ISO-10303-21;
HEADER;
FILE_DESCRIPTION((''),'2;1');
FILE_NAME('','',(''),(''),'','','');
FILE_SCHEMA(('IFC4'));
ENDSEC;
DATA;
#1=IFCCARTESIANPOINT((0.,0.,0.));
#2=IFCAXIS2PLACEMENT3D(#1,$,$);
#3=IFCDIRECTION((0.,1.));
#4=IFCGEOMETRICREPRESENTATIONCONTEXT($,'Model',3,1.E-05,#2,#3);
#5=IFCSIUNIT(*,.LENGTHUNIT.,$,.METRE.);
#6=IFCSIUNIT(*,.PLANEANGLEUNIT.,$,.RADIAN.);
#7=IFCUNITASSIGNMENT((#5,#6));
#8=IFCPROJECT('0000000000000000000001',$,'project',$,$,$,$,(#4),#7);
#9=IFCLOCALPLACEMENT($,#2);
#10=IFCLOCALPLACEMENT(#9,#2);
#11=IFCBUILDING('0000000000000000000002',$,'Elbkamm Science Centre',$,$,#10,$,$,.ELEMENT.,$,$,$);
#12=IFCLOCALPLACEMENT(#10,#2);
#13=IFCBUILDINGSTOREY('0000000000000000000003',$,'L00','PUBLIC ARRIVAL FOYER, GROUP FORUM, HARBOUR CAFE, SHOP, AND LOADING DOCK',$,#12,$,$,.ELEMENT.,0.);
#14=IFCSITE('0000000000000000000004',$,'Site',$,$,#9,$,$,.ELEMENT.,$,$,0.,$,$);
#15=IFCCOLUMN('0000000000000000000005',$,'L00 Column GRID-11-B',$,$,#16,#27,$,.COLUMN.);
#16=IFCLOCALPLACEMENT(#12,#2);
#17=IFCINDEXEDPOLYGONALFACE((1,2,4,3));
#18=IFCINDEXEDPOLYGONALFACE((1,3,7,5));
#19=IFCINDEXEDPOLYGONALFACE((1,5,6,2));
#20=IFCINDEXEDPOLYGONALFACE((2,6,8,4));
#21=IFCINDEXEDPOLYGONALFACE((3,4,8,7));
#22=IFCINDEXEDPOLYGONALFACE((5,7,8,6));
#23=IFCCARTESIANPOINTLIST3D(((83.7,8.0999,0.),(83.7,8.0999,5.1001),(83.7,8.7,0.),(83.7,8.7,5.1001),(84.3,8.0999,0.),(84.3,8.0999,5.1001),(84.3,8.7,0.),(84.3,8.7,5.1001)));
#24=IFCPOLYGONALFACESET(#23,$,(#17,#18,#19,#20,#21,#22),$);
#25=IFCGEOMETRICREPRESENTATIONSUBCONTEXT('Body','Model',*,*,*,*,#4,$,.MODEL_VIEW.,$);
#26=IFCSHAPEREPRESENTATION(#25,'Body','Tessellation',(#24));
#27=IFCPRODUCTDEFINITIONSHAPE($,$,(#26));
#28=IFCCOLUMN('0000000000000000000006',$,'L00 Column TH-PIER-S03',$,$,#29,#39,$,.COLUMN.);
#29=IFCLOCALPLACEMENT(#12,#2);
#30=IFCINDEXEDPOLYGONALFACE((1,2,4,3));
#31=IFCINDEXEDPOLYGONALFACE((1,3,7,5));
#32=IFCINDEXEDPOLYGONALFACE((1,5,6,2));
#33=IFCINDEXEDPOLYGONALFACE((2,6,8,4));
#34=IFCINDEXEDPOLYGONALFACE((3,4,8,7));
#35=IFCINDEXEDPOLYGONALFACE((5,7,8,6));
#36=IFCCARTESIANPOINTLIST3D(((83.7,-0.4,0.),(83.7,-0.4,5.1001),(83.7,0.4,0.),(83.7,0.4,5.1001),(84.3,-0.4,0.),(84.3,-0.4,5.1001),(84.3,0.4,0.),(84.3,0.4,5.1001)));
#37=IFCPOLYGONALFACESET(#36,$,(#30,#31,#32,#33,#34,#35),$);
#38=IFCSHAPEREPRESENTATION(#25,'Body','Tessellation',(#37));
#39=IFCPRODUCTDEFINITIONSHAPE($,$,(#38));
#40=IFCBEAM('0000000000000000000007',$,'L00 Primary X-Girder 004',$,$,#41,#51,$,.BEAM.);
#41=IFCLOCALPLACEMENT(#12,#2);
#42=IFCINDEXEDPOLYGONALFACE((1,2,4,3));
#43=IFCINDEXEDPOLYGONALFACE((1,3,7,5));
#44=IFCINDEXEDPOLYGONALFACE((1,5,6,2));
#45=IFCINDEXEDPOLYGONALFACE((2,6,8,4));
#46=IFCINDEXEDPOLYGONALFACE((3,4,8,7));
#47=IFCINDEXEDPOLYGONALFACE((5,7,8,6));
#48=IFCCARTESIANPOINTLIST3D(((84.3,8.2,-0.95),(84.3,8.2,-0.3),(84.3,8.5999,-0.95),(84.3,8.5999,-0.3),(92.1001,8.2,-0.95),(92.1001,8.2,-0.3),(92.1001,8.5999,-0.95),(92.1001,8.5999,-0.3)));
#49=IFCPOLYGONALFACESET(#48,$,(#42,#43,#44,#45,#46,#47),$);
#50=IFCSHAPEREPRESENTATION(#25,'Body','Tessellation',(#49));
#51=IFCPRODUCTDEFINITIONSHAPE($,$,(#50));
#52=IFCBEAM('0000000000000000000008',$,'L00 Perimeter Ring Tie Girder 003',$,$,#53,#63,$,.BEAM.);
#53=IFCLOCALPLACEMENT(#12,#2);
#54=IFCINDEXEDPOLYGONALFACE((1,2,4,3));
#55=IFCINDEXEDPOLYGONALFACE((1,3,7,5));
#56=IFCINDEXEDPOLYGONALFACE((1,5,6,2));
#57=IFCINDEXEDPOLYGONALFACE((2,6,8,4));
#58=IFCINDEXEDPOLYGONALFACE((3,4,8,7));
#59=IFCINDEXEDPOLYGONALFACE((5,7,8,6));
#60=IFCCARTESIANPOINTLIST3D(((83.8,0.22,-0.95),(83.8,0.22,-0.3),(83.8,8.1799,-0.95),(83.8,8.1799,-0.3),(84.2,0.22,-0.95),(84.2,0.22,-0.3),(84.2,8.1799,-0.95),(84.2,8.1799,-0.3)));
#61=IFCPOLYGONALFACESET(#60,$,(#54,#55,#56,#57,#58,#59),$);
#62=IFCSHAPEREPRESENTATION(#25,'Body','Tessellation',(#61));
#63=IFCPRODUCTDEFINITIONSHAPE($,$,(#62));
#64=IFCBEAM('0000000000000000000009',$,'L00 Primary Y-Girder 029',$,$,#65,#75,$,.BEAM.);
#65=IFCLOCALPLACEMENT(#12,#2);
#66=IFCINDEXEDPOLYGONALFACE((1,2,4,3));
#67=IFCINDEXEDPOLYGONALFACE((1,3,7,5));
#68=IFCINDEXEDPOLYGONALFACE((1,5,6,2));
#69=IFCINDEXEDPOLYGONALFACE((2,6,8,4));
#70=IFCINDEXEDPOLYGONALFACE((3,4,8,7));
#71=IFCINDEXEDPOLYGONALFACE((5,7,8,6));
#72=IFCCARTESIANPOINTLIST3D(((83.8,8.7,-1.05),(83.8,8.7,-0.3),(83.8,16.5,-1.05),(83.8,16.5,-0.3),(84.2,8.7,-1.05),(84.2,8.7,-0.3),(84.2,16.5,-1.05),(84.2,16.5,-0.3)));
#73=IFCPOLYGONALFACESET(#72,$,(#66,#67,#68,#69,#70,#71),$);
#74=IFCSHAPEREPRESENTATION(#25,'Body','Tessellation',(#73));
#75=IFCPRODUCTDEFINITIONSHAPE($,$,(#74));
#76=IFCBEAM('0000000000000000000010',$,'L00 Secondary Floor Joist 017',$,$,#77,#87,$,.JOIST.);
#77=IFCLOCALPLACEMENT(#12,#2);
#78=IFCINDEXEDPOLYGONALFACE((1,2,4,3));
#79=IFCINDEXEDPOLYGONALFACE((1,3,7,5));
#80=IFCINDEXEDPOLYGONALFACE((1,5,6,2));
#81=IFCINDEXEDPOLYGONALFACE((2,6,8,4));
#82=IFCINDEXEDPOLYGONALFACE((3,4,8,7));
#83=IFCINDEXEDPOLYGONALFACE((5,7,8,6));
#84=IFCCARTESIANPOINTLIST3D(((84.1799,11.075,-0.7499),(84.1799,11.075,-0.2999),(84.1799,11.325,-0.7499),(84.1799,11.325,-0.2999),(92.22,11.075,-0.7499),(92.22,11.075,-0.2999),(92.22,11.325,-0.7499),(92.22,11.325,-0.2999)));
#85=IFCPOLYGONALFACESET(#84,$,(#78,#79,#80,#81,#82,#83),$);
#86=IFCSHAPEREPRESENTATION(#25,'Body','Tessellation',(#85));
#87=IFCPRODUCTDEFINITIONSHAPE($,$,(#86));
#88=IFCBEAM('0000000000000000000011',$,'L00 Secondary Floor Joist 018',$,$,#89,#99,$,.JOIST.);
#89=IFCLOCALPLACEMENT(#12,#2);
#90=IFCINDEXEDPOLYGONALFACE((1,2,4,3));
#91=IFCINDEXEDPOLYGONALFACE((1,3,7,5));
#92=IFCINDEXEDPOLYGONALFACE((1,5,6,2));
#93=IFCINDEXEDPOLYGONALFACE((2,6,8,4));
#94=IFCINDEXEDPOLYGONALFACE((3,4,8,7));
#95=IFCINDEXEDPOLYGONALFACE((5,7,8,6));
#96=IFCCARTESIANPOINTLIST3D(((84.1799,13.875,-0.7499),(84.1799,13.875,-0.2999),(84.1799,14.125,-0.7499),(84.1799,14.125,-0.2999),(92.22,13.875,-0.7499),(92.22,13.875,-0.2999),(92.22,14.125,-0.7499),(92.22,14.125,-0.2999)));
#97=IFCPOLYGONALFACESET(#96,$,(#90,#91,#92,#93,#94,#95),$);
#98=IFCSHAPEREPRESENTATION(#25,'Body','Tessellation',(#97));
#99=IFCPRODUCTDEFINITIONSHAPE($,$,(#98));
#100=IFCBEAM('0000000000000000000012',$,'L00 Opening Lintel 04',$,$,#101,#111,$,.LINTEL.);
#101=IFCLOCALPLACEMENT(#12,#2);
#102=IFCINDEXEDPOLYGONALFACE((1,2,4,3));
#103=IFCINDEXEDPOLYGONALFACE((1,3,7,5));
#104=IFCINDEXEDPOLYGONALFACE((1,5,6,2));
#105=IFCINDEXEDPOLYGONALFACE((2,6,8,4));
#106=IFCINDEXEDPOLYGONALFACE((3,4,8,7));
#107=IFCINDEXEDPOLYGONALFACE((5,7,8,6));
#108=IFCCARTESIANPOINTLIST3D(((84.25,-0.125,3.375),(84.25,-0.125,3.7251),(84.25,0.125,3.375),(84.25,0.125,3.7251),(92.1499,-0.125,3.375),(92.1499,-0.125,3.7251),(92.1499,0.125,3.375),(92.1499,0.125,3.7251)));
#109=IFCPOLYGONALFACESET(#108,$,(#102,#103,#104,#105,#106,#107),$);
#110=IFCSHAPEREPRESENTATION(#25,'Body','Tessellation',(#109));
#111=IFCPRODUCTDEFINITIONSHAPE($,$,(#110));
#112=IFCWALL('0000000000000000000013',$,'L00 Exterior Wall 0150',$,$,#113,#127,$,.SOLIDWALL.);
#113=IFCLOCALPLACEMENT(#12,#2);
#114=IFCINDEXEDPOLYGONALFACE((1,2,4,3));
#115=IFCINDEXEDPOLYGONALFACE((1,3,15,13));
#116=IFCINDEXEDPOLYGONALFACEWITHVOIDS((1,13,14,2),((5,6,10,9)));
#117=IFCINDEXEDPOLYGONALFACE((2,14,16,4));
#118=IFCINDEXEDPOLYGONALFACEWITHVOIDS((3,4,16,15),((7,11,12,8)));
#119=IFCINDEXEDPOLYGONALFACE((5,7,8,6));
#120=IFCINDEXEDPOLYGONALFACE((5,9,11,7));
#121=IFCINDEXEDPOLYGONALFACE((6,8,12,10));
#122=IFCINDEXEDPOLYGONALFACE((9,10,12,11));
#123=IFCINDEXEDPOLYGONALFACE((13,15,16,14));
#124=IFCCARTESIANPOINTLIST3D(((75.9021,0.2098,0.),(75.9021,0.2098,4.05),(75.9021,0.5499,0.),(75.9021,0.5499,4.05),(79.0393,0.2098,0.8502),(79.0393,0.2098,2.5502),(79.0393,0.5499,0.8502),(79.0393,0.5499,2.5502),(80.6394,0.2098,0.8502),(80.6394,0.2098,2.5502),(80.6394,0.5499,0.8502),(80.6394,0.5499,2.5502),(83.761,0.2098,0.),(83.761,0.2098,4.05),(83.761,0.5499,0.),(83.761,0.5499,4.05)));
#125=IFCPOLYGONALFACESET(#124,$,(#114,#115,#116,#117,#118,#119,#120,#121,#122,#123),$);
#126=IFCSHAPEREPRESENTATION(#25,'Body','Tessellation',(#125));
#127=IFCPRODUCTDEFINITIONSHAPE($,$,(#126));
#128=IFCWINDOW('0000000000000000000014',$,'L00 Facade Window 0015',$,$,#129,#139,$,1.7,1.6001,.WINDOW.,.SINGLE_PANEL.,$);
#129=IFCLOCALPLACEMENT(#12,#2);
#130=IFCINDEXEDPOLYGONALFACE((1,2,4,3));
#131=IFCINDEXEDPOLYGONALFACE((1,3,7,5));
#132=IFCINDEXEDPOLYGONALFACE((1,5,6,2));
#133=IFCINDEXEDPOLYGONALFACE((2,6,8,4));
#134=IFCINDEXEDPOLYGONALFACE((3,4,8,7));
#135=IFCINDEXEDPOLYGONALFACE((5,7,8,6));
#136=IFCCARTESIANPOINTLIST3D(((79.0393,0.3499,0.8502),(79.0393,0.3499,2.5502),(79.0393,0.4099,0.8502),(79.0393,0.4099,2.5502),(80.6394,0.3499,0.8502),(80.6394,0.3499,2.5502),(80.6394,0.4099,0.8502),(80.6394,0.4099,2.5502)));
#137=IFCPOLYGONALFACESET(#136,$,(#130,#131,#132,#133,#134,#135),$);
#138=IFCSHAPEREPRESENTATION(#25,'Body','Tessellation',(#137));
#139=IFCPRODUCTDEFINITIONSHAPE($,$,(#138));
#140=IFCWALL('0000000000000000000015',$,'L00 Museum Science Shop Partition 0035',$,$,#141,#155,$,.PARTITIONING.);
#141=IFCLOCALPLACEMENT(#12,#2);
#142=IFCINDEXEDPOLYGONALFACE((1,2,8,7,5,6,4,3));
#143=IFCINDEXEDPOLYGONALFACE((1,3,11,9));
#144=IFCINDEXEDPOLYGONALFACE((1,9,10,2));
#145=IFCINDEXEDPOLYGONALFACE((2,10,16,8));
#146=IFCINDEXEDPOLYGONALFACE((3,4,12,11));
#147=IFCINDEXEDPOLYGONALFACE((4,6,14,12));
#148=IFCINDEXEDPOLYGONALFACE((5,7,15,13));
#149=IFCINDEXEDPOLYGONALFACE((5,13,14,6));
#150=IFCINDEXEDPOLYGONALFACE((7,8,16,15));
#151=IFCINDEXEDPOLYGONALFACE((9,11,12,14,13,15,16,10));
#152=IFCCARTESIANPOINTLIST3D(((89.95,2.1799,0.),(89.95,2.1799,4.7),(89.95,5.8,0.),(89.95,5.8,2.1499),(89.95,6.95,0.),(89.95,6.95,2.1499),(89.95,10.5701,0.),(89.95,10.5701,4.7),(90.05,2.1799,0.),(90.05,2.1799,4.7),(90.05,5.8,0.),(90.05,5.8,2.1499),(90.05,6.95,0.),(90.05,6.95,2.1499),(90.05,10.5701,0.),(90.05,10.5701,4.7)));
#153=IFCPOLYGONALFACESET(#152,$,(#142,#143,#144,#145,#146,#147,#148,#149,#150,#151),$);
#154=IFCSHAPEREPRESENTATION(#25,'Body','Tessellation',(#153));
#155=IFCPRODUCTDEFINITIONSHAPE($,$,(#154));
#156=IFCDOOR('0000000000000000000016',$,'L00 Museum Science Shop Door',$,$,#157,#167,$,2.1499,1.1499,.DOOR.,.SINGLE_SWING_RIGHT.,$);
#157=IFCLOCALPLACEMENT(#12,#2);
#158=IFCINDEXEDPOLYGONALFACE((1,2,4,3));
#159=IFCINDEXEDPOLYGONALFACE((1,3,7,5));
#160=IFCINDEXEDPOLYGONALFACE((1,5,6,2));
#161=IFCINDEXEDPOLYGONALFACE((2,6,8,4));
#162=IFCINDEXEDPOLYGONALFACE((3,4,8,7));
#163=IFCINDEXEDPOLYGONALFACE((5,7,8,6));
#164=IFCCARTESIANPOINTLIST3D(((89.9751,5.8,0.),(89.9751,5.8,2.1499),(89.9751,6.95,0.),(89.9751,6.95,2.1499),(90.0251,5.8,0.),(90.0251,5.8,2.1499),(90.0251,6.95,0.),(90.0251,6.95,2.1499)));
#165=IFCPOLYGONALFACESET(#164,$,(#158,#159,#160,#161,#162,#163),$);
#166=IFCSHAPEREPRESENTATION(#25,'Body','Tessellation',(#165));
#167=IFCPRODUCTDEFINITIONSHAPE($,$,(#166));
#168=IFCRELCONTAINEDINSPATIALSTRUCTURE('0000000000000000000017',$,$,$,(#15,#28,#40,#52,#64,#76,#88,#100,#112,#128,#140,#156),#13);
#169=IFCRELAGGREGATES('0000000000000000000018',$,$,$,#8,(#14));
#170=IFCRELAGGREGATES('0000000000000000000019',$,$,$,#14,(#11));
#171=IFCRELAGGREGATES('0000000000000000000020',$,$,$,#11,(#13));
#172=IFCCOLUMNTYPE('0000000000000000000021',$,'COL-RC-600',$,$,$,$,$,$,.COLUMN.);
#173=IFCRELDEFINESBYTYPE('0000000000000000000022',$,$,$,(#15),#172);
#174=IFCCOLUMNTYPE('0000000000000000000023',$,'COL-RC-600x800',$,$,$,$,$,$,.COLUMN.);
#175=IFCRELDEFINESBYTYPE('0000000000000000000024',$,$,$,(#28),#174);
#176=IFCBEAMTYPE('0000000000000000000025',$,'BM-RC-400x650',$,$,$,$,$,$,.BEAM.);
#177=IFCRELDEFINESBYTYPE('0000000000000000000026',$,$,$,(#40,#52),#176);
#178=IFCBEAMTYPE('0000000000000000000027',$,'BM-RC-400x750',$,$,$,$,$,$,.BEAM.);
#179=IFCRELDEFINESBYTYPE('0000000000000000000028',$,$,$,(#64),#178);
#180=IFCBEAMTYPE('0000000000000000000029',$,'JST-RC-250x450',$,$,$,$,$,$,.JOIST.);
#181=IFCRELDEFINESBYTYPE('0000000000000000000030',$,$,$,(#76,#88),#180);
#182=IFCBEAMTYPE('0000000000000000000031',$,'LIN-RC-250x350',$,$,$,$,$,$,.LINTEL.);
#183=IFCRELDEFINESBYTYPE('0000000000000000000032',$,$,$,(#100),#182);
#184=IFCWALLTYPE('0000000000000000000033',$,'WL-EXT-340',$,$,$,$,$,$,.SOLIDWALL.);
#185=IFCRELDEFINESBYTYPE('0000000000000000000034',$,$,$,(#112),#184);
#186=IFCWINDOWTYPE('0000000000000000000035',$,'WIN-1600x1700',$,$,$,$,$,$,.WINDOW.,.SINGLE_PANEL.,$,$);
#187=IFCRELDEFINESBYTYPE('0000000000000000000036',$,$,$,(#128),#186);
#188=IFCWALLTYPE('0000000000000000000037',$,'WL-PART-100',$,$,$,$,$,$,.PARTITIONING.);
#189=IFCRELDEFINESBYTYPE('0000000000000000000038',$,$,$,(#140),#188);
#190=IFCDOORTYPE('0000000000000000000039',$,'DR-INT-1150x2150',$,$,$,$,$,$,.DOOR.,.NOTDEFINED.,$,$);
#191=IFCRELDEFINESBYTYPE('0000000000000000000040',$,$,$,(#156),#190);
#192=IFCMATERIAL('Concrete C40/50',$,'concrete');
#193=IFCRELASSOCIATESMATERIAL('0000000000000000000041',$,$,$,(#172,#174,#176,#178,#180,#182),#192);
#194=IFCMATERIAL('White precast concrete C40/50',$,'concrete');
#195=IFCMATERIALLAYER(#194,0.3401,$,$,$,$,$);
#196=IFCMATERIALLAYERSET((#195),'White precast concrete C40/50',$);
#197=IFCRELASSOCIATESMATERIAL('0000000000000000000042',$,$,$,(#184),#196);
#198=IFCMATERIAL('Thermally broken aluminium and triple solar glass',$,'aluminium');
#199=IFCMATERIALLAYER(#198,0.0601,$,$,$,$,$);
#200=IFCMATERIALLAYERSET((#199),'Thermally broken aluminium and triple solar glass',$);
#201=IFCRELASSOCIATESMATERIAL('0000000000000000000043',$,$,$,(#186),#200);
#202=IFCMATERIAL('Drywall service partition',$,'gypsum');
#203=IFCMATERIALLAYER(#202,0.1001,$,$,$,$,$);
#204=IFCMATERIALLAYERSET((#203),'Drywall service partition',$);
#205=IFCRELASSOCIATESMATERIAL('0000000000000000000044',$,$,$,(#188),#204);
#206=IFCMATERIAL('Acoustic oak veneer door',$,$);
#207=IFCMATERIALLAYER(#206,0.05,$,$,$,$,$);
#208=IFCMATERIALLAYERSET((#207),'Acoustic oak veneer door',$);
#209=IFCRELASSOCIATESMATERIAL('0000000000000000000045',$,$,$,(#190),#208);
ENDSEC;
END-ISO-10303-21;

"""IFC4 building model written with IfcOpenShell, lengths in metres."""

from ifc_helpers import new_model, si_unit, direction, frame, frame_2d, origin, origin_2d, place, context, subcontext, project, spatial, rectangle, extrude, material, layer, layer_set, material_profile, profile_set, type_object, element, fill, save


model = new_model("IFC4")

# Units and contexts
model_context = context("Model", 3, precision=1e-05, world=origin(), true_north=direction((0.0, 1.0)))
body_context = subcontext(model_context, "Body", "Model", "MODEL_VIEW")
ifc_project = project(units=[si_unit("LENGTHUNIT", "METRE"), si_unit("PLANEANGLEUNIT", "RADIAN")], contexts=[model_context])

# Site, building, storey
site_placement = place(None, origin())
site = spatial("IfcSite", under=ifc_project, at=site_placement, Name="Site", CompositionType="ELEMENT", RefElevation=0.0)
building_placement = place(site_placement, origin())
building = spatial("IfcBuilding", under=site, at=building_placement, Name="Elbkamm Science Centre", CompositionType="ELEMENT")
storey_placement = place(building_placement, origin())
storey = spatial("IfcBuildingStorey", under=building, at=storey_placement, Name="L00", Description="PUBLIC ARRIVAL FOYER, GROUP FORUM, HARBOUR CAFE, SHOP, AND LOADING DOCK", CompositionType="ELEMENT", Elevation=0.0)

# Columns
ifc_material_1 = material(Name="Concrete C40/50", Category="concrete")
ifc_material_profile_1 = material_profile(ifc_material_1, rectangle(XDim=0.6001, YDim=0.6001, at=origin_2d()), Name="RC 600x600")
ifc_profile_set_1 = profile_set([ifc_material_profile_1], Name="Concrete C40/50")
column_type_1 = type_object("IfcColumnType", Name="COL-RC-600", PredefinedType="COLUMN", material=ifc_profile_set_1)
column_1_placement = place(storey_placement, frame((84.0, 8.3999, 0.0), z_axis=(0.0, 0.0, 1.0), x_axis=(1.0, 0.0, 0.0)))
element("IfcColumn", 1, at=column_1_placement, inside=storey, type_object=column_type_1, Name="L00 Column GRID-11-B", PredefinedType="COLUMN", context=body_context, shape_type="SweptSolid", body=[
    extrude(rectangle(XDim=0.6001, YDim=0.6001, at=origin_2d()), origin(), (0.0, 0.0, 1.0), 5.1001),
])
ifc_material_profile_2 = material_profile(ifc_material_1, rectangle(XDim=0.6001, YDim=0.8, at=origin_2d()), Name="RC 600x800")
ifc_profile_set_2 = profile_set([ifc_material_profile_2], Name="Concrete C40/50")
column_type_2 = type_object("IfcColumnType", Name="COL-RC-600x800", PredefinedType="COLUMN", material=ifc_profile_set_2)
column_2_placement = place(storey_placement, frame((84.0, 0.0, 0.0), z_axis=(0.0, 0.0, 1.0), x_axis=(1.0, 0.0, 0.0)))
element("IfcColumn", 2, at=column_2_placement, inside=storey, type_object=column_type_2, Name="L00 Column TH-PIER-S03", PredefinedType="COLUMN", context=body_context, shape_type="SweptSolid", body=[
    extrude(rectangle(XDim=0.6001, YDim=0.8, at=origin_2d()), origin(), (0.0, 0.0, 1.0), 5.1001),
])

# Beams
ifc_material_profile_3 = material_profile(ifc_material_1, rectangle(XDim=0.3999, YDim=0.6499, at=origin_2d()), Name="RC 400x650")
ifc_profile_set_3 = profile_set([ifc_material_profile_3], Name="Concrete C40/50")
beam_type_1 = type_object("IfcBeamType", Name="BM-RC-400x650", PredefinedType="BEAM", material=ifc_profile_set_3)
beam_1_placement = place(storey_placement, frame((84.3, 8.3999, -0.625), z_axis=(1.0, 0.0, 0.0), x_axis=(0.0, 1.0, 0.0)))
element("IfcBeam", 3, at=beam_1_placement, inside=storey, type_object=beam_type_1, Name="L00 Primary X-Girder 004", PredefinedType="BEAM", context=body_context, shape_type="SweptSolid", body=[
    extrude(rectangle(XDim=0.3999, YDim=0.6499, at=origin_2d()), origin(), (0.0, 0.0, 1.0), 7.8),
])
beam_2_placement = place(storey_placement, frame((84.0, 0.22, -0.625), z_axis=(0.0, 1.0, 0.0), x_axis=(-1.0, 0.0, 0.0)))
element("IfcBeam", 4, at=beam_2_placement, inside=storey, type_object=beam_type_1, Name="L00 Perimeter Ring Tie Girder 003", PredefinedType="BEAM", context=body_context, shape_type="SweptSolid", body=[
    extrude(rectangle(XDim=0.3999, YDim=0.6499, at=origin_2d()), origin(), (0.0, 0.0, 1.0), 7.96),
])
ifc_material_profile_4 = material_profile(ifc_material_1, rectangle(XDim=0.3999, YDim=0.75, at=origin_2d()), Name="RC 400x750")
ifc_profile_set_4 = profile_set([ifc_material_profile_4], Name="Concrete C40/50")
beam_type_2 = type_object("IfcBeamType", Name="BM-RC-400x750", PredefinedType="BEAM", material=ifc_profile_set_4)
beam_3_placement = place(storey_placement, frame((84.0, 8.7, -0.675), z_axis=(0.0, 1.0, 0.0), x_axis=(-1.0, 0.0, 0.0)))
element("IfcBeam", 5, at=beam_3_placement, inside=storey, type_object=beam_type_2, Name="L00 Primary Y-Girder 029", PredefinedType="BEAM", context=body_context, shape_type="SweptSolid", body=[
    extrude(rectangle(XDim=0.3999, YDim=0.75, at=origin_2d()), origin(), (0.0, 0.0, 1.0), 7.8),
])
ifc_material_profile_5 = material_profile(ifc_material_1, rectangle(XDim=0.25, YDim=0.45, at=origin_2d()), Name="RC 250x450")
ifc_profile_set_5 = profile_set([ifc_material_profile_5], Name="Concrete C40/50")
beam_type_3 = type_object("IfcBeamType", Name="JST-RC-250x450", PredefinedType="JOIST", material=ifc_profile_set_5)
for number, where, z_axis, x_axis, name in (
    (6, (84.1799, 11.2, -0.5249), (1.0, 0.0, 0.0), (0.0, 1.0, 0.0), "L00 Secondary Floor Joist 017"),
    (7, (84.1799, 14.0, -0.5249), (1.0, 0.0, 0.0), (0.0, 1.0, 0.0), "L00 Secondary Floor Joist 018"),
):
    element("IfcBeam", number, at=place(storey_placement, frame(where, z_axis=z_axis, x_axis=x_axis)), inside=storey, type_object=beam_type_3, Name=name, PredefinedType="JOIST", context=body_context, shape_type="SweptSolid", body=[
        extrude(rectangle(XDim=0.25, YDim=0.45, at=origin_2d()), origin(), (0.0, 0.0, 1.0), 8.04),
    ])
ifc_material_profile_6 = material_profile(ifc_material_1, rectangle(XDim=0.25, YDim=0.3501, at=origin_2d()), Name="RC 250x350")
ifc_profile_set_6 = profile_set([ifc_material_profile_6], Name="Concrete C40/50")
beam_type_4 = type_object("IfcBeamType", Name="LIN-RC-250x350", PredefinedType="LINTEL", material=ifc_profile_set_6)
beam_4_placement = place(storey_placement, frame((84.25, 0.0, 3.55), z_axis=(1.0, 0.0, 0.0), x_axis=(0.0, 1.0, 0.0)))
element("IfcBeam", 8, at=beam_4_placement, inside=storey, type_object=beam_type_4, Name="L00 Opening Lintel 04", PredefinedType="LINTEL", context=body_context, shape_type="SweptSolid", body=[
    extrude(rectangle(XDim=0.25, YDim=0.3501, at=origin_2d()), origin(), (0.0, 0.0, 1.0), 7.8999),
])

# Wall, opening, window
ifc_material_2 = material(Name="White precast concrete C40/50", Category="concrete")
ifc_layer_1 = layer(ifc_material_2, 0.3401)
ifc_layer_set_1 = layer_set([ifc_layer_1], Name="White precast concrete C40/50")
wall_type_1 = type_object("IfcWallType", Name="WL-EXT-340", PredefinedType="SOLIDWALL", material=ifc_layer_set_1)
wall_1_placement = place(storey_placement, frame((83.761, 0.3799, 0.0), z_axis=(0.0, 0.0, 1.0), x_axis=(-1.0, 0.0, 0.0)))
wall_1 = element("IfcWall", 9, at=wall_1_placement, inside=storey, type_object=wall_type_1, Name="L00 Exterior Wall 0150", PredefinedType="SOLIDWALL", context=body_context, shape_type="SweptSolid", body=[
    extrude(rectangle(XDim=7.8589, YDim=0.3401, at=frame_2d((3.9294, 0.0))), origin(), (0.0, 0.0, 1.0), 4.05),
])
opening_1_placement = place(wall_1_placement, frame((3.1216, 0.0, 0.8501)))
opening_1 = element("IfcOpeningElement", 10, at=opening_1_placement, cuts=wall_1, PredefinedType="OPENING", context=body_context, shape_type="SweptSolid", body=[
    extrude(rectangle(XDim=1.6001, YDim=1.7, at=frame_2d((0.8, 0.8501))), frame((0.0, 0.1821, 0.0), z_axis=(0.0, -1.0, 0.0), x_axis=(1.0, 0.0, 0.0)), (0.0, 0.0, 1.0), 0.364),
])
ifc_material_3 = material(Name="Thermally broken aluminium and triple solar glass", Category="aluminium")
ifc_layer_2 = layer(ifc_material_3, 0.0601)
ifc_layer_set_2 = layer_set([ifc_layer_2], Name="Thermally broken aluminium and triple solar glass")
window_type = type_object("IfcWindowType", Name="WIN-1600x1700", PartitioningType="SINGLE_PANEL", PredefinedType="WINDOW", material=ifc_layer_set_2)
window_placement = place(opening_1_placement, origin())
window = element("IfcWindow", 11, at=window_placement, inside=storey, type_object=window_type, Name="L00 Facade Window 0015", OverallHeight=1.7, OverallWidth=1.6001, PartitioningType="SINGLE_PANEL", PredefinedType="WINDOW", context=body_context, shape_type="SweptSolid", body=[
    extrude(rectangle(XDim=1.6001, YDim=1.7, at=frame_2d((0.8, 0.8501))), frame((0.0, 0.03, 0.0), z_axis=(0.0, -1.0, 0.0), x_axis=(1.0, 0.0, 0.0)), (0.0, 0.0, 1.0), 0.0601),
])
fill(opening_1, window)

# Wall, opening, door
ifc_material_4 = material(Name="Drywall service partition", Category="gypsum")
ifc_layer_3 = layer(ifc_material_4, 0.1001)
ifc_layer_set_3 = layer_set([ifc_layer_3], Name="Drywall service partition")
wall_type_2 = type_object("IfcWallType", Name="WL-PART-100", PredefinedType="PARTITIONING", material=ifc_layer_set_3)
wall_2_placement = place(storey_placement, frame((90.0, 2.1799, 0.0), z_axis=(0.0, 0.0, 1.0), x_axis=(0.0, 1.0, 0.0)))
wall_2 = element("IfcWall", 12, at=wall_2_placement, inside=storey, type_object=wall_type_2, Name="L00 Museum Science Shop Partition 0035", PredefinedType="PARTITIONING", context=body_context, shape_type="SweptSolid", body=[
    extrude(rectangle(XDim=8.3901, YDim=0.1001, at=frame_2d((4.1951, 0.0))), origin(), (0.0, 0.0, 1.0), 4.7),
])
opening_2_placement = place(wall_2_placement, frame((3.6201, 0.0, 0.0)))
opening_2 = element("IfcOpeningElement", 13, at=opening_2_placement, cuts=wall_2, PredefinedType="OPENING", context=body_context, shape_type="SweptSolid", body=[
    extrude(rectangle(XDim=1.1499, YDim=2.1499, at=frame_2d((0.575, 1.075))), frame((0.0, 0.062, 0.0), z_axis=(0.0, -1.0, 0.0), x_axis=(1.0, 0.0, 0.0)), (0.0, 0.0, 1.0), 0.124),
])
ifc_material_5 = material(Name="Acoustic oak veneer door")
ifc_layer_4 = layer(ifc_material_5, 0.05)
ifc_layer_set_4 = layer_set([ifc_layer_4], Name="Acoustic oak veneer door")
door_type_1 = type_object("IfcDoorType", Name="DR-INT-1150x2150", OperationType="NOTDEFINED", PredefinedType="DOOR", material=ifc_layer_set_4)
door_1_placement = place(opening_2_placement, origin())
door_1 = element("IfcDoor", 14, at=door_1_placement, inside=storey, type_object=door_type_1, Name="L00 Museum Science Shop Door", OperationType="SINGLE_SWING_RIGHT", OverallHeight=2.1499, OverallWidth=1.1499, PredefinedType="DOOR", context=body_context, shape_type="SweptSolid", body=[
    extrude(rectangle(XDim=1.1499, YDim=2.1499, at=frame_2d((0.575, 1.075))), frame((0.0, 0.0249, 0.0), z_axis=(0.0, -1.0, 0.0), x_axis=(1.0, 0.0, 0.0)), (0.0, 0.0, 1.0), 0.05),
])
fill(opening_2, door_1)

save(model, "model.ifc")
